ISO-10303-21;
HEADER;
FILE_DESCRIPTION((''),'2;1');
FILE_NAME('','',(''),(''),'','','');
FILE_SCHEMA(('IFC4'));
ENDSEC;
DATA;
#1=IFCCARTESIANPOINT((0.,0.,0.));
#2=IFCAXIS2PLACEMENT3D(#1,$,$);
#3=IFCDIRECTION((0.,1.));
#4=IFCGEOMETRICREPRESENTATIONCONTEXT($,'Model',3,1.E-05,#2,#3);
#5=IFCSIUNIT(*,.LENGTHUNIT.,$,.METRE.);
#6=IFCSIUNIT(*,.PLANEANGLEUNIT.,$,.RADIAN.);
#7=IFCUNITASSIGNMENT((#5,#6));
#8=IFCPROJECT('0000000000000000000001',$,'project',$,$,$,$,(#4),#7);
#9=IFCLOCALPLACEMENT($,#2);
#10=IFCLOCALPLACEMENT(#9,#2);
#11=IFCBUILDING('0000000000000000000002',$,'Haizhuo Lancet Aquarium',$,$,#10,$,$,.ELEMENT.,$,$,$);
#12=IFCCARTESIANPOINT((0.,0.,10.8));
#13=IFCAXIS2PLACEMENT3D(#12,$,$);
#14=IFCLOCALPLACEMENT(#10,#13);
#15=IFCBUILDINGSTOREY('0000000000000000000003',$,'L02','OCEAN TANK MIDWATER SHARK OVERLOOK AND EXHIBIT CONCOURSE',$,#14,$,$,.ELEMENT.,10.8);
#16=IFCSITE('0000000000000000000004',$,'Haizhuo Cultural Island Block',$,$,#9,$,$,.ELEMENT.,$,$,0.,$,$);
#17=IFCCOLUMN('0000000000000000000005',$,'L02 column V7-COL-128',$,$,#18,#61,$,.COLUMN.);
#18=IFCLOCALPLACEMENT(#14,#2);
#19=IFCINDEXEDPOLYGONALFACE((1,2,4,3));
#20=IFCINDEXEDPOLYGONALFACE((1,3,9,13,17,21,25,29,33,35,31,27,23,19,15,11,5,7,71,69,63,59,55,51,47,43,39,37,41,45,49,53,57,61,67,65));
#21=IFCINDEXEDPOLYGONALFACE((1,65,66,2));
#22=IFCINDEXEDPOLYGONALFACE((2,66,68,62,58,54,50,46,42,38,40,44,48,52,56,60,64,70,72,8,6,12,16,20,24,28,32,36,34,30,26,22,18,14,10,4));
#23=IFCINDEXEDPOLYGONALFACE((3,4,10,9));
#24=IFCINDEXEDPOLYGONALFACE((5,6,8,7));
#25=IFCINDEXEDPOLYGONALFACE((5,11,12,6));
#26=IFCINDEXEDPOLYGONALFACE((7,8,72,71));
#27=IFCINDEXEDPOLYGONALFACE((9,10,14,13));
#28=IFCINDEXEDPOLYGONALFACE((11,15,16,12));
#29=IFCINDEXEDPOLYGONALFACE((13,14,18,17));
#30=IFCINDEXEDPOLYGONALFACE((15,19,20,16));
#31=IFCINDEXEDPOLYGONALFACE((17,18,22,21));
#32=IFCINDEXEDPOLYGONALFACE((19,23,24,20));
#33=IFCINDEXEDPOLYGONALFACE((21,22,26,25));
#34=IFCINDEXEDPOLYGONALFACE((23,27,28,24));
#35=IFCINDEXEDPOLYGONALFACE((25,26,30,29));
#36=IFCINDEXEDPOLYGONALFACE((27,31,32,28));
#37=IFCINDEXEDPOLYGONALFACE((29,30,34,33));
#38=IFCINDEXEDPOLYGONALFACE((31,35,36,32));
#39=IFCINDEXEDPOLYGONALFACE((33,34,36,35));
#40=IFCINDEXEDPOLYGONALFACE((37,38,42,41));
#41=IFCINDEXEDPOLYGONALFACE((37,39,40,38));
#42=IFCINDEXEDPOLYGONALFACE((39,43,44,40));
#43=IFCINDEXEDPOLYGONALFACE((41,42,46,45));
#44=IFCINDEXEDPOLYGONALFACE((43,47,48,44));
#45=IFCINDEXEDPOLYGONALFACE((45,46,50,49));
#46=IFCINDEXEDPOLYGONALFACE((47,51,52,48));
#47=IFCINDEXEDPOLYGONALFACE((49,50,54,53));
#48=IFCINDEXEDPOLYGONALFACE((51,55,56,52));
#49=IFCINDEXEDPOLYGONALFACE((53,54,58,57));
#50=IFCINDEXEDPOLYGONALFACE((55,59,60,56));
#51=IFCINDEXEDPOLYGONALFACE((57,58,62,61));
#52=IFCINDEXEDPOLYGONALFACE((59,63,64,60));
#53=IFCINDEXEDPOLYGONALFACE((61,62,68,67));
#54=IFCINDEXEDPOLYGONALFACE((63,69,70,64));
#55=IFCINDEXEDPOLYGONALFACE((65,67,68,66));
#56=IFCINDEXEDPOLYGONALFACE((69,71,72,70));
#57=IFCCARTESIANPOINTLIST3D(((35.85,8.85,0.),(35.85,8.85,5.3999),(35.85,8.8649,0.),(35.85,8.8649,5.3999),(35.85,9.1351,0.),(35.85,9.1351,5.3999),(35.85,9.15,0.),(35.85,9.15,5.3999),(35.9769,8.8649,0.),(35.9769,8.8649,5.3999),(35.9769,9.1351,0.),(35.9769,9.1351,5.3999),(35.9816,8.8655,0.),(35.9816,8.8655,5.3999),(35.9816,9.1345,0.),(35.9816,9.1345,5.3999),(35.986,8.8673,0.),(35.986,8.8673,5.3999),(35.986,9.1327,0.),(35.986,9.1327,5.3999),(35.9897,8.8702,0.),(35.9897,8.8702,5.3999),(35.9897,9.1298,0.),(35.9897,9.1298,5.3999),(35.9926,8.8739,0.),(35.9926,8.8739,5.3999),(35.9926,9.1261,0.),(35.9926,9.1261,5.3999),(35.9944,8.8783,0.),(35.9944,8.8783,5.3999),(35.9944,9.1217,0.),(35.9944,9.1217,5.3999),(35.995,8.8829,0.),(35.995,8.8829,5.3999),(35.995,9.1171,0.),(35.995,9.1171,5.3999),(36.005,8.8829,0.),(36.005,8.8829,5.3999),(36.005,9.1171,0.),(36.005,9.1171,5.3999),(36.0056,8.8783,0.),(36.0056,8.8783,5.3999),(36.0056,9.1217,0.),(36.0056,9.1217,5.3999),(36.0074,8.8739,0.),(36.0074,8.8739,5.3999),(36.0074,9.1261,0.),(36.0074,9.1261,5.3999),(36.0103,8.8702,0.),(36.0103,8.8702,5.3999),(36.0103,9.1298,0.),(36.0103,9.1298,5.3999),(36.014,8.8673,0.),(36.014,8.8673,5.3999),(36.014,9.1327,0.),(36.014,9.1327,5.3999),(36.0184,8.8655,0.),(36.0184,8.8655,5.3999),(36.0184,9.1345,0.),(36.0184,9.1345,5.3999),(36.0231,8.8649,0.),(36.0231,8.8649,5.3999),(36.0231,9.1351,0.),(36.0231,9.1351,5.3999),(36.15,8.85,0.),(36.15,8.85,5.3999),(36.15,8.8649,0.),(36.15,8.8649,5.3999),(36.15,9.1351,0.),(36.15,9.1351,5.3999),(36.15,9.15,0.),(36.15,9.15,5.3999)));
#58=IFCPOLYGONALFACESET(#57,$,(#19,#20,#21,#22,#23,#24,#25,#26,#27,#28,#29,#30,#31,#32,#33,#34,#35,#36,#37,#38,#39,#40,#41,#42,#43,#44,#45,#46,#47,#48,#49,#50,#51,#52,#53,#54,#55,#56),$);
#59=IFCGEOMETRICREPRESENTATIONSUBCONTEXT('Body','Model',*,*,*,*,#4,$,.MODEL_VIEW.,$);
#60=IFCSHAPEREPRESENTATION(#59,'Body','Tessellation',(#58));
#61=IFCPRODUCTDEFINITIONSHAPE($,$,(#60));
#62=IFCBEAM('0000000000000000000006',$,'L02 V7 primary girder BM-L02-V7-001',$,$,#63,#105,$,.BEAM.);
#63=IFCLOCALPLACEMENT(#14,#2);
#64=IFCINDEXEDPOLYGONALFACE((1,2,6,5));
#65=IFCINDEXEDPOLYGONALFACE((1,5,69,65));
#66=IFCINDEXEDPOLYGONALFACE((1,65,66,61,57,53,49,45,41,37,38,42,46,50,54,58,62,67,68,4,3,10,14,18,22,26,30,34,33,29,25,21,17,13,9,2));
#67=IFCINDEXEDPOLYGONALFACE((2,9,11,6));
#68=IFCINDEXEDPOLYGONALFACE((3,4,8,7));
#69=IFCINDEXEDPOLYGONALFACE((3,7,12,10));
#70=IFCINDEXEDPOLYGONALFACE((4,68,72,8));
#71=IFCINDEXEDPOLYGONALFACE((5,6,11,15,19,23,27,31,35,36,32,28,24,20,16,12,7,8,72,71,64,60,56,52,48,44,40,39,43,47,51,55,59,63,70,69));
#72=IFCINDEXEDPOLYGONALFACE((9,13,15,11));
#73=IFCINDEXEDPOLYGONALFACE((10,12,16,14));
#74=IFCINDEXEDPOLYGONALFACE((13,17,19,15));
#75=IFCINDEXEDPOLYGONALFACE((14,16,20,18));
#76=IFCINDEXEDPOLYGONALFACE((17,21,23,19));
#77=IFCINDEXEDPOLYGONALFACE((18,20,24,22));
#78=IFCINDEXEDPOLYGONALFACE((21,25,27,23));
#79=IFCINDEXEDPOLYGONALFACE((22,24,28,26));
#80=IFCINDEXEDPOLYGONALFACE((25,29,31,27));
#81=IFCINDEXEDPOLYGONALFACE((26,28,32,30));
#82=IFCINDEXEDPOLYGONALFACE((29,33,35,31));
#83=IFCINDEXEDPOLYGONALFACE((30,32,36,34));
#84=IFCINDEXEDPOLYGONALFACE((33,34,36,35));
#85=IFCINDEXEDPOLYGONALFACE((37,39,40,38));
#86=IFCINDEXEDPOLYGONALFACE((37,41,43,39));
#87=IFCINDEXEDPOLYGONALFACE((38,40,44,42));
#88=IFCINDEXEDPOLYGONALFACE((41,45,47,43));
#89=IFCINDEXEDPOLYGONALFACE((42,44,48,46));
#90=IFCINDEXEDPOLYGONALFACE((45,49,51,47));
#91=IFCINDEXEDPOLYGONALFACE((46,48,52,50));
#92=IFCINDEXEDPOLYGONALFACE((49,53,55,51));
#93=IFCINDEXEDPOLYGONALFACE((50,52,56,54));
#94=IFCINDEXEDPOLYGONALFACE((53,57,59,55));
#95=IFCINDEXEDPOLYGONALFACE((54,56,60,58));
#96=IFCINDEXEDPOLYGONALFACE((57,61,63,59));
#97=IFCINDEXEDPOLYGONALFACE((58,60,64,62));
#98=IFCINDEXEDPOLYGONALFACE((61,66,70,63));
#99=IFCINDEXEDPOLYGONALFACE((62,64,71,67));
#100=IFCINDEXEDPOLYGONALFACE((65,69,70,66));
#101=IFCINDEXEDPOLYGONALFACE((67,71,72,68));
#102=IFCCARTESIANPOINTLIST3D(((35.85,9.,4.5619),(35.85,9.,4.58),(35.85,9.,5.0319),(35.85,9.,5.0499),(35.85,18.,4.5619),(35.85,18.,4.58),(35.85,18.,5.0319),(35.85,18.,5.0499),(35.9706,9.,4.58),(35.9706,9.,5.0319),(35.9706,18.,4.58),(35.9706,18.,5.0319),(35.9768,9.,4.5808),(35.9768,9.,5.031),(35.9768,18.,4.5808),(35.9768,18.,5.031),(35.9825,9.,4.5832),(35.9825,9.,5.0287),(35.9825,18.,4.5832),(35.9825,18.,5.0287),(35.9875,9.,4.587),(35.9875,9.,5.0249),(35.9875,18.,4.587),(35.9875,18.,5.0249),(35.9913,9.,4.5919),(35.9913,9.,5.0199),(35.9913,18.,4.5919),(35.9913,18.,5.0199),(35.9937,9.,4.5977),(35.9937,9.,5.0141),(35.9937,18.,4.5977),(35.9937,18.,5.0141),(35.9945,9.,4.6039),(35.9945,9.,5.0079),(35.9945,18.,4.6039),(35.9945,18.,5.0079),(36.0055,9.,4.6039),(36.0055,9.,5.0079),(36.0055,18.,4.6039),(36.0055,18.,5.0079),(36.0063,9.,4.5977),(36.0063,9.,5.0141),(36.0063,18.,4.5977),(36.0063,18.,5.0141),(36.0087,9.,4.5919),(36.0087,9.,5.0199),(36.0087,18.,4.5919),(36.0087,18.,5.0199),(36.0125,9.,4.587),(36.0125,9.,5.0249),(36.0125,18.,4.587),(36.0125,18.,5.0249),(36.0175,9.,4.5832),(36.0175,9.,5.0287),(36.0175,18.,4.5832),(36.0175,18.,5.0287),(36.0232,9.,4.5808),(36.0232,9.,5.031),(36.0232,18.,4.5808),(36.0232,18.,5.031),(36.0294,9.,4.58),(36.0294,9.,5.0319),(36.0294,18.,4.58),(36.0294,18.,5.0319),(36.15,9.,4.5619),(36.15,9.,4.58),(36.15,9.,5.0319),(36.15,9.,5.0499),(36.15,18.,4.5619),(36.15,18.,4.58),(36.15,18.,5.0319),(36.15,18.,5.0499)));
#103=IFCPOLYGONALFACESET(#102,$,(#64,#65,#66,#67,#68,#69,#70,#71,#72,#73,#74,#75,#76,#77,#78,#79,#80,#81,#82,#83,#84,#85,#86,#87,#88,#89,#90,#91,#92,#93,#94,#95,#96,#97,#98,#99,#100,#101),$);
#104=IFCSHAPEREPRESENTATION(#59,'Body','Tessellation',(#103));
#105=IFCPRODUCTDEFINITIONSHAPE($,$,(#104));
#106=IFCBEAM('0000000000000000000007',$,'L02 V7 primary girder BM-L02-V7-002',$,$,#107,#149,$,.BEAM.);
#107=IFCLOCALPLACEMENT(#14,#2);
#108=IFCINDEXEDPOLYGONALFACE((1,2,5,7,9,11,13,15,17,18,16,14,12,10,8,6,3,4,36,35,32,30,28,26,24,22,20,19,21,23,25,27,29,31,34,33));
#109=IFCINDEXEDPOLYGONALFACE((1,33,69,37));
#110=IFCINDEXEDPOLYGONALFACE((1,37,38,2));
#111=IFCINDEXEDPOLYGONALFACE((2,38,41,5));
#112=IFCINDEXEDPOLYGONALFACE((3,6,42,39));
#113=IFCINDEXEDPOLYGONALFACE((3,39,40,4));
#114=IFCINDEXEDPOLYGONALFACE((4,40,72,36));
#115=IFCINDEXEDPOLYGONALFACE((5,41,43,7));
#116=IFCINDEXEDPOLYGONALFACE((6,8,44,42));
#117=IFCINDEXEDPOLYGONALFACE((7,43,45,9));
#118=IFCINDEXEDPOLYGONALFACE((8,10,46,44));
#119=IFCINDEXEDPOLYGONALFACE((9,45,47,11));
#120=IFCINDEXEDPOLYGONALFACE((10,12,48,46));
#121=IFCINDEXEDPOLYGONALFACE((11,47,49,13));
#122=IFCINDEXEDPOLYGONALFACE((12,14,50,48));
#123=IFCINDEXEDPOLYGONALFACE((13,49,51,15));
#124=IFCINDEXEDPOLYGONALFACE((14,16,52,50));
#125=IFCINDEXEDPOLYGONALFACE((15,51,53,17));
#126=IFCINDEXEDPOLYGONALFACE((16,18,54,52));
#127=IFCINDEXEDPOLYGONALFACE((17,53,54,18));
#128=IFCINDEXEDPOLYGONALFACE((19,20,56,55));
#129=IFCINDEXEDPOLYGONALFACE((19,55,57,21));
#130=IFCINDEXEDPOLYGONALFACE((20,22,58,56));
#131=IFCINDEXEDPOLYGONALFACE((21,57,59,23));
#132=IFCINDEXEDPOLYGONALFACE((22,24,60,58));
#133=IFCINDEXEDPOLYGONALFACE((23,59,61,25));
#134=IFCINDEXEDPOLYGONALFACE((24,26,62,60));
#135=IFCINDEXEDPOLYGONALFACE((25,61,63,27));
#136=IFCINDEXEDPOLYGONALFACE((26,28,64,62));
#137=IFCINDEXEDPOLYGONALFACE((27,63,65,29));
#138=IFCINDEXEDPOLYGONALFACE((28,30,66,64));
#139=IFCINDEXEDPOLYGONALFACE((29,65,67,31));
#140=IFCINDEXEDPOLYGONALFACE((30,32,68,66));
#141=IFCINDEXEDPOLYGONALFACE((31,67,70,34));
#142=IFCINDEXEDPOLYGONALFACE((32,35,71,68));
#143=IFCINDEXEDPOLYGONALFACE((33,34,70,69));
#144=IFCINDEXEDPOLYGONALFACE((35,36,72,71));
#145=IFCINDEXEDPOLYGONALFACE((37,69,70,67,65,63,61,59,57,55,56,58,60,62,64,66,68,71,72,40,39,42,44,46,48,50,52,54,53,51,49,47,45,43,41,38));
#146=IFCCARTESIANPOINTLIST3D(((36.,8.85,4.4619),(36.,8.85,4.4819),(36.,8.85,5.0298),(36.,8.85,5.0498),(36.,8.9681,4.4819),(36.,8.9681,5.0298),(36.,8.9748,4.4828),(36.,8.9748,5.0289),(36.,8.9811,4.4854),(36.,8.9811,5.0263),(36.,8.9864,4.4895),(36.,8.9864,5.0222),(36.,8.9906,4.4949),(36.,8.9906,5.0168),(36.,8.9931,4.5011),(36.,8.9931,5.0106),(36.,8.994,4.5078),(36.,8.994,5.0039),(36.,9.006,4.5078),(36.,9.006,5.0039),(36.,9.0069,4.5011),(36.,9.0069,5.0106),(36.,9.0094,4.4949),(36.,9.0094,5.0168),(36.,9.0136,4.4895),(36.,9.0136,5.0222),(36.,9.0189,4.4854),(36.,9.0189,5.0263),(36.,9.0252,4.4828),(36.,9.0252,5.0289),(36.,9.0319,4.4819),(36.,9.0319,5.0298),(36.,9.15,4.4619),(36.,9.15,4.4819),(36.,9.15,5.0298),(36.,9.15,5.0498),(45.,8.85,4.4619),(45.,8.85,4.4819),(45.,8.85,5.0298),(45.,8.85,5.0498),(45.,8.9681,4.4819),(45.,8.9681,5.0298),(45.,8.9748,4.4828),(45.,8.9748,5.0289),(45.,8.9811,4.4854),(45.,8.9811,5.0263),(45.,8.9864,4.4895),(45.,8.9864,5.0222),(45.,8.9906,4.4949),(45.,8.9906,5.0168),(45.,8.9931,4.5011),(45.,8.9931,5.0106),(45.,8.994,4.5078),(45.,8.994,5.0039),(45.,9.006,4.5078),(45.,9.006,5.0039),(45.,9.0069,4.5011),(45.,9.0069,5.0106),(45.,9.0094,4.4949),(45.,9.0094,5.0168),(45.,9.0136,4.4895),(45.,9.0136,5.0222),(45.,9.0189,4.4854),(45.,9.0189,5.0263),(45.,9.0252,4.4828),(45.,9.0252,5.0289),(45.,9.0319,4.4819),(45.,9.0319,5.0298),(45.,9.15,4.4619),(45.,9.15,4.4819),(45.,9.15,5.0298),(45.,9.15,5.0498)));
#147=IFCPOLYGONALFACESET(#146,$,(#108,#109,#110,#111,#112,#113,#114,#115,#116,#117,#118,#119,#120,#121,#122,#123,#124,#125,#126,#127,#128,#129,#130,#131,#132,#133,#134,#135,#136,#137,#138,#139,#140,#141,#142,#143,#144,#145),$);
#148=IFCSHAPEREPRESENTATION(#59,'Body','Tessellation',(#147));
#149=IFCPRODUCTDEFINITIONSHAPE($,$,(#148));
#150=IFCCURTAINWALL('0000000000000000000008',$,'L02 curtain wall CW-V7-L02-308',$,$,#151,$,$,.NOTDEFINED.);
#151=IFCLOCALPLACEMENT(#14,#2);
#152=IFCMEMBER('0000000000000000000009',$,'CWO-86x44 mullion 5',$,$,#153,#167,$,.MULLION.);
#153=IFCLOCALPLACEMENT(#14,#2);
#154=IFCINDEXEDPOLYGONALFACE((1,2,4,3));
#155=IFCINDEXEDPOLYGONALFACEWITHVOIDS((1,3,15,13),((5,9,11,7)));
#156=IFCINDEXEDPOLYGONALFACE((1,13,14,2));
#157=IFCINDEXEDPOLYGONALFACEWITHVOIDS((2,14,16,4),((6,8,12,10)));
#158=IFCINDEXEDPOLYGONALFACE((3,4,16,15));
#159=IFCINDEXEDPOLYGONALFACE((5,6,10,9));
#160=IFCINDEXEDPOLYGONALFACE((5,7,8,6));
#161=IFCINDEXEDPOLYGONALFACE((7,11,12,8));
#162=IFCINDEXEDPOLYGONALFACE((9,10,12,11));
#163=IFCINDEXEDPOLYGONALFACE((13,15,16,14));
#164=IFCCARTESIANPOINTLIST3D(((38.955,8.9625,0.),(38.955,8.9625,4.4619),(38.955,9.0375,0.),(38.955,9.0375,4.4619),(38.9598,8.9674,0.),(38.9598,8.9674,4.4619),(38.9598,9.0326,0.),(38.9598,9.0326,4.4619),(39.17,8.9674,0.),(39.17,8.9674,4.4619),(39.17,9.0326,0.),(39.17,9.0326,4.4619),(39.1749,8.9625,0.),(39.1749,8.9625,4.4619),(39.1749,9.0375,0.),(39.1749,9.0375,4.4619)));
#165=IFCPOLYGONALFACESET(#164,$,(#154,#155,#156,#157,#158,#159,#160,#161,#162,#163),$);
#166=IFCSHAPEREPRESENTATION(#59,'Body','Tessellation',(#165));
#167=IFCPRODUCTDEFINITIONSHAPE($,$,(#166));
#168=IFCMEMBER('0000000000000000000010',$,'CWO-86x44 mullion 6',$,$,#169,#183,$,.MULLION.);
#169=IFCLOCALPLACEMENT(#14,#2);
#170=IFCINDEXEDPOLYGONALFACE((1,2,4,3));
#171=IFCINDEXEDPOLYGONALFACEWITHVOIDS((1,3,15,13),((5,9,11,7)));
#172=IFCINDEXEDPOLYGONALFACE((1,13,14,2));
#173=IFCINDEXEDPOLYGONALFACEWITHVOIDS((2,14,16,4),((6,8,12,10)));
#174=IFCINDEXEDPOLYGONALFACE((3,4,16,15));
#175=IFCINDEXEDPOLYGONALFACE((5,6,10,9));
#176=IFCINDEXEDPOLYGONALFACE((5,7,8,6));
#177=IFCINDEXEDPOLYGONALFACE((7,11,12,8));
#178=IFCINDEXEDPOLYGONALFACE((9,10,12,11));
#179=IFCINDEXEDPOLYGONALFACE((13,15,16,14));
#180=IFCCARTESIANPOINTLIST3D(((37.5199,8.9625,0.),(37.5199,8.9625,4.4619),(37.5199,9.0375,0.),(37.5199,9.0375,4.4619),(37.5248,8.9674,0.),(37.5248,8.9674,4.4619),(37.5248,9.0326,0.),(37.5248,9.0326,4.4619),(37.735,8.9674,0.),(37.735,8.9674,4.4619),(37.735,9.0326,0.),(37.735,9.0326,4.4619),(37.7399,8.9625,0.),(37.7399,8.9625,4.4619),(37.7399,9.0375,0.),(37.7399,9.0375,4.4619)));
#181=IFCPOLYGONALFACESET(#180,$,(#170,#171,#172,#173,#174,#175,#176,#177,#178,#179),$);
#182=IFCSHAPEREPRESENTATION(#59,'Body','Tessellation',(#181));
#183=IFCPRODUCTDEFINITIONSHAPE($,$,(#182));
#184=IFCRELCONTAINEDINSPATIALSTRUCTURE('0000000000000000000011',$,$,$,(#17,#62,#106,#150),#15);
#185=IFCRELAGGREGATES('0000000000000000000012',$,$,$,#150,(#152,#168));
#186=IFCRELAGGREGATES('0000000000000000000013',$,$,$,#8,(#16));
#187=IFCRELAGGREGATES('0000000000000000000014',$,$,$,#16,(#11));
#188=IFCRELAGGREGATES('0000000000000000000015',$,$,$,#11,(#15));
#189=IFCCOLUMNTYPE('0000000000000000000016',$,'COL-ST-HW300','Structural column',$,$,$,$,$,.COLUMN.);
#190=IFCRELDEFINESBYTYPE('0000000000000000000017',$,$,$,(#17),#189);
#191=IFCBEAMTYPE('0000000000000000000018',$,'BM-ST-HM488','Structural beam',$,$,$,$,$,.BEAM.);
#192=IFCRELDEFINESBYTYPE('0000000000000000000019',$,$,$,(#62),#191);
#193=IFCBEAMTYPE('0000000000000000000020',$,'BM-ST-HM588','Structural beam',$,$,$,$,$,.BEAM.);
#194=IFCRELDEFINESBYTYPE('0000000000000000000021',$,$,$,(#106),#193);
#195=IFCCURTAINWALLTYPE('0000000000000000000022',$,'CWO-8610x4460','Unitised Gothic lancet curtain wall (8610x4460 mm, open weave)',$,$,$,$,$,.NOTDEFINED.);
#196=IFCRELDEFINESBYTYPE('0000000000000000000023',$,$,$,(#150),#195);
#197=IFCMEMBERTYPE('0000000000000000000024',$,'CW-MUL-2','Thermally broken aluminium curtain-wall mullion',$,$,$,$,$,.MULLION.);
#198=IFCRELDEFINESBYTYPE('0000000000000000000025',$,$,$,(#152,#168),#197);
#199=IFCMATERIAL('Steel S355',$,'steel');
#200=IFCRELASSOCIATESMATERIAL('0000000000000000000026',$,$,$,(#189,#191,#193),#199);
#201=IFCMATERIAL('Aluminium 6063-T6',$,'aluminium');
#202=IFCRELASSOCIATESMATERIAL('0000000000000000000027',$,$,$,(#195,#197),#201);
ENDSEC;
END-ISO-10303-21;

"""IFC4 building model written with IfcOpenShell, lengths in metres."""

from ifc_helpers import new_model, si_unit, direction, frame, origin, origin_2d, place, context, subcontext, project, spatial, hollow_rectangle, i_section, extrude, material, material_profile, profile_set, type_object, element, aggregate, save


model = new_model("IFC4")

# Units and contexts
model_context = context("Model", 3, precision=1e-05, world=origin(), true_north=direction((0.0, 1.0)))
body_context = subcontext(model_context, "Body", "Model", "MODEL_VIEW")
ifc_project = project(units=[si_unit("LENGTHUNIT", "METRE"), si_unit("PLANEANGLEUNIT", "RADIAN")], contexts=[model_context])

# Site, building, storey
site_placement = place(None, origin())
site = spatial("IfcSite", under=ifc_project, at=site_placement, Name="Haizhuo Cultural Island Block", CompositionType="ELEMENT", RefElevation=0.0)
building_placement = place(site_placement, origin())
building = spatial("IfcBuilding", under=site, at=building_placement, Name="Haizhuo Lancet Aquarium", CompositionType="ELEMENT")
storey_placement = place(building_placement, frame((0.0, 0.0, 10.8)))
storey = spatial("IfcBuildingStorey", under=building, at=storey_placement, Name="L02", Description="OCEAN TANK MIDWATER SHARK OVERLOOK AND EXHIBIT CONCOURSE", CompositionType="ELEMENT", Elevation=10.8)

# Column
ifc_material_1 = material(Name="Steel S355", Category="steel")
ifc_material_profile_1 = material_profile(ifc_material_1, i_section(OverallWidth=0.3, OverallDepth=0.3, WebThickness=0.01, FlangeThickness=0.0149, FilletRadius=0.0181, at=origin_2d()), Name="HW 300x300x10x15")
ifc_profile_set_1 = profile_set([ifc_material_profile_1], Name="Steel S355")
column_type = type_object("IfcColumnType", Name="COL-ST-HW300", Description="Structural column", PredefinedType="COLUMN", material=ifc_profile_set_1)
column_placement = place(storey_placement, frame((36.0, 9.0, 0.0), z_axis=(0.0, 0.0, 1.0), x_axis=(1.0, 0.0, 0.0)))
element("IfcColumn", 1, at=column_placement, inside=storey, type_object=column_type, Name="L02 column V7-COL-128", PredefinedType="COLUMN", context=body_context, shape_type="SweptSolid", body=[
    extrude(i_section(OverallWidth=0.3, OverallDepth=0.3, WebThickness=0.01, FlangeThickness=0.0149, FilletRadius=0.0181, at=origin_2d()), origin(), (0.0, 0.0, 1.0), 5.3999),
])

# Beams
ifc_material_profile_2 = material_profile(ifc_material_1, i_section(OverallWidth=0.3, OverallDepth=0.488, WebThickness=0.011, FlangeThickness=0.0181, FilletRadius=0.0239, at=origin_2d()), Name="HM 488x300x11x18")
ifc_profile_set_2 = profile_set([ifc_material_profile_2], Name="Steel S355")
beam_type_1 = type_object("IfcBeamType", Name="BM-ST-HM488", Description="Structural beam", PredefinedType="BEAM", material=ifc_profile_set_2)
beam_1_placement = place(storey_placement, frame((36.0, 9.0, 4.8059), z_axis=(0.0, 1.0, 0.0), x_axis=(-1.0, 0.0, 0.0)))
element("IfcBeam", 2, at=beam_1_placement, inside=storey, type_object=beam_type_1, Name="L02 V7 primary girder BM-L02-V7-001", PredefinedType="BEAM", context=body_context, shape_type="SweptSolid", body=[
    extrude(i_section(OverallWidth=0.3, OverallDepth=0.488, WebThickness=0.011, FlangeThickness=0.0181, FilletRadius=0.0239, at=origin_2d()), origin(), (0.0, 0.0, 1.0), 9.0),
])
ifc_material_profile_3 = material_profile(ifc_material_1, i_section(OverallWidth=0.3, OverallDepth=0.5879, WebThickness=0.012, FlangeThickness=0.02, FilletRadius=0.0259, at=origin_2d()), Name="HM 588x300x12x20")
ifc_profile_set_3 = profile_set([ifc_material_profile_3], Name="Steel S355")
beam_type_2 = type_object("IfcBeamType", Name="BM-ST-HM588", Description="Structural beam", PredefinedType="BEAM", material=ifc_profile_set_3)
beam_2_placement = place(storey_placement, frame((36.0, 9.0, 4.7559), z_axis=(1.0, 0.0, 0.0), x_axis=(0.0, 1.0, 0.0)))
element("IfcBeam", 3, at=beam_2_placement, inside=storey, type_object=beam_type_2, Name="L02 V7 primary girder BM-L02-V7-002", PredefinedType="BEAM", context=body_context, shape_type="SweptSolid", body=[
    extrude(i_section(OverallWidth=0.3, OverallDepth=0.5879, WebThickness=0.012, FlangeThickness=0.02, FilletRadius=0.0259, at=origin_2d()), origin(), (0.0, 0.0, 1.0), 9.0),
])

# Curtain wall, members
ifc_material_2 = material(Name="Aluminium 6063-T6", Category="aluminium")
curtain_wall_type_1 = type_object("IfcCurtainWallType", Name="CWO-8610x4460", Description="Unitised Gothic lancet curtain wall (8610x4460 mm, open weave)", PredefinedType="NOTDEFINED", material=ifc_material_2)
curtain_wall_1_placement = place(storey_placement, origin())
curtain_wall_1 = element("IfcCurtainWall", 4, at=curtain_wall_1_placement, inside=storey, type_object=curtain_wall_type_1, Name="L02 curtain wall CW-V7-L02-308", PredefinedType="NOTDEFINED")
ifc_material_profile_4 = material_profile(ifc_material_2, hollow_rectangle(XDim=0.075, YDim=0.22, WallThickness=0.0049, at=origin_2d()), Name="ALU-M 75x220x5")
ifc_profile_set_4 = profile_set([ifc_material_profile_4], Name="Aluminium 6063-T6")
member_type_1 = type_object("IfcMemberType", Name="CW-MUL-2", Description="Thermally broken aluminium curtain-wall mullion", PredefinedType="MULLION", material=ifc_profile_set_4)
member_1_placement = place(storey_placement, frame((39.0649, 9.0, 0.0), z_axis=(0.0, 0.0, 1.0), x_axis=(0.0, -1.0, 0.0)))
member_1 = element("IfcMember", 5, at=member_1_placement, type_object=member_type_1, Name="CWO-86x44 mullion 5", PredefinedType="MULLION", context=body_context, shape_type="SweptSolid", body=[
    extrude(hollow_rectangle(XDim=0.075, YDim=0.22, WallThickness=0.0049, at=origin_2d()), origin(), (0.0, 0.0, 1.0), 4.4619),
])
member_2_placement = place(storey_placement, frame((37.6299, 9.0, 0.0), z_axis=(0.0, 0.0, 1.0), x_axis=(0.0, -1.0, 0.0)))
member_2 = element("IfcMember", 6, at=member_2_placement, type_object=member_type_1, Name="CWO-86x44 mullion 6", PredefinedType="MULLION", context=body_context, shape_type="SweptSolid", body=[
    extrude(hollow_rectangle(XDim=0.075, YDim=0.22, WallThickness=0.0049, at=origin_2d()), origin(), (0.0, 0.0, 1.0), 4.4619),
])

aggregate(curtain_wall_1, [member_1, member_2])

save(model, "model.ifc")
